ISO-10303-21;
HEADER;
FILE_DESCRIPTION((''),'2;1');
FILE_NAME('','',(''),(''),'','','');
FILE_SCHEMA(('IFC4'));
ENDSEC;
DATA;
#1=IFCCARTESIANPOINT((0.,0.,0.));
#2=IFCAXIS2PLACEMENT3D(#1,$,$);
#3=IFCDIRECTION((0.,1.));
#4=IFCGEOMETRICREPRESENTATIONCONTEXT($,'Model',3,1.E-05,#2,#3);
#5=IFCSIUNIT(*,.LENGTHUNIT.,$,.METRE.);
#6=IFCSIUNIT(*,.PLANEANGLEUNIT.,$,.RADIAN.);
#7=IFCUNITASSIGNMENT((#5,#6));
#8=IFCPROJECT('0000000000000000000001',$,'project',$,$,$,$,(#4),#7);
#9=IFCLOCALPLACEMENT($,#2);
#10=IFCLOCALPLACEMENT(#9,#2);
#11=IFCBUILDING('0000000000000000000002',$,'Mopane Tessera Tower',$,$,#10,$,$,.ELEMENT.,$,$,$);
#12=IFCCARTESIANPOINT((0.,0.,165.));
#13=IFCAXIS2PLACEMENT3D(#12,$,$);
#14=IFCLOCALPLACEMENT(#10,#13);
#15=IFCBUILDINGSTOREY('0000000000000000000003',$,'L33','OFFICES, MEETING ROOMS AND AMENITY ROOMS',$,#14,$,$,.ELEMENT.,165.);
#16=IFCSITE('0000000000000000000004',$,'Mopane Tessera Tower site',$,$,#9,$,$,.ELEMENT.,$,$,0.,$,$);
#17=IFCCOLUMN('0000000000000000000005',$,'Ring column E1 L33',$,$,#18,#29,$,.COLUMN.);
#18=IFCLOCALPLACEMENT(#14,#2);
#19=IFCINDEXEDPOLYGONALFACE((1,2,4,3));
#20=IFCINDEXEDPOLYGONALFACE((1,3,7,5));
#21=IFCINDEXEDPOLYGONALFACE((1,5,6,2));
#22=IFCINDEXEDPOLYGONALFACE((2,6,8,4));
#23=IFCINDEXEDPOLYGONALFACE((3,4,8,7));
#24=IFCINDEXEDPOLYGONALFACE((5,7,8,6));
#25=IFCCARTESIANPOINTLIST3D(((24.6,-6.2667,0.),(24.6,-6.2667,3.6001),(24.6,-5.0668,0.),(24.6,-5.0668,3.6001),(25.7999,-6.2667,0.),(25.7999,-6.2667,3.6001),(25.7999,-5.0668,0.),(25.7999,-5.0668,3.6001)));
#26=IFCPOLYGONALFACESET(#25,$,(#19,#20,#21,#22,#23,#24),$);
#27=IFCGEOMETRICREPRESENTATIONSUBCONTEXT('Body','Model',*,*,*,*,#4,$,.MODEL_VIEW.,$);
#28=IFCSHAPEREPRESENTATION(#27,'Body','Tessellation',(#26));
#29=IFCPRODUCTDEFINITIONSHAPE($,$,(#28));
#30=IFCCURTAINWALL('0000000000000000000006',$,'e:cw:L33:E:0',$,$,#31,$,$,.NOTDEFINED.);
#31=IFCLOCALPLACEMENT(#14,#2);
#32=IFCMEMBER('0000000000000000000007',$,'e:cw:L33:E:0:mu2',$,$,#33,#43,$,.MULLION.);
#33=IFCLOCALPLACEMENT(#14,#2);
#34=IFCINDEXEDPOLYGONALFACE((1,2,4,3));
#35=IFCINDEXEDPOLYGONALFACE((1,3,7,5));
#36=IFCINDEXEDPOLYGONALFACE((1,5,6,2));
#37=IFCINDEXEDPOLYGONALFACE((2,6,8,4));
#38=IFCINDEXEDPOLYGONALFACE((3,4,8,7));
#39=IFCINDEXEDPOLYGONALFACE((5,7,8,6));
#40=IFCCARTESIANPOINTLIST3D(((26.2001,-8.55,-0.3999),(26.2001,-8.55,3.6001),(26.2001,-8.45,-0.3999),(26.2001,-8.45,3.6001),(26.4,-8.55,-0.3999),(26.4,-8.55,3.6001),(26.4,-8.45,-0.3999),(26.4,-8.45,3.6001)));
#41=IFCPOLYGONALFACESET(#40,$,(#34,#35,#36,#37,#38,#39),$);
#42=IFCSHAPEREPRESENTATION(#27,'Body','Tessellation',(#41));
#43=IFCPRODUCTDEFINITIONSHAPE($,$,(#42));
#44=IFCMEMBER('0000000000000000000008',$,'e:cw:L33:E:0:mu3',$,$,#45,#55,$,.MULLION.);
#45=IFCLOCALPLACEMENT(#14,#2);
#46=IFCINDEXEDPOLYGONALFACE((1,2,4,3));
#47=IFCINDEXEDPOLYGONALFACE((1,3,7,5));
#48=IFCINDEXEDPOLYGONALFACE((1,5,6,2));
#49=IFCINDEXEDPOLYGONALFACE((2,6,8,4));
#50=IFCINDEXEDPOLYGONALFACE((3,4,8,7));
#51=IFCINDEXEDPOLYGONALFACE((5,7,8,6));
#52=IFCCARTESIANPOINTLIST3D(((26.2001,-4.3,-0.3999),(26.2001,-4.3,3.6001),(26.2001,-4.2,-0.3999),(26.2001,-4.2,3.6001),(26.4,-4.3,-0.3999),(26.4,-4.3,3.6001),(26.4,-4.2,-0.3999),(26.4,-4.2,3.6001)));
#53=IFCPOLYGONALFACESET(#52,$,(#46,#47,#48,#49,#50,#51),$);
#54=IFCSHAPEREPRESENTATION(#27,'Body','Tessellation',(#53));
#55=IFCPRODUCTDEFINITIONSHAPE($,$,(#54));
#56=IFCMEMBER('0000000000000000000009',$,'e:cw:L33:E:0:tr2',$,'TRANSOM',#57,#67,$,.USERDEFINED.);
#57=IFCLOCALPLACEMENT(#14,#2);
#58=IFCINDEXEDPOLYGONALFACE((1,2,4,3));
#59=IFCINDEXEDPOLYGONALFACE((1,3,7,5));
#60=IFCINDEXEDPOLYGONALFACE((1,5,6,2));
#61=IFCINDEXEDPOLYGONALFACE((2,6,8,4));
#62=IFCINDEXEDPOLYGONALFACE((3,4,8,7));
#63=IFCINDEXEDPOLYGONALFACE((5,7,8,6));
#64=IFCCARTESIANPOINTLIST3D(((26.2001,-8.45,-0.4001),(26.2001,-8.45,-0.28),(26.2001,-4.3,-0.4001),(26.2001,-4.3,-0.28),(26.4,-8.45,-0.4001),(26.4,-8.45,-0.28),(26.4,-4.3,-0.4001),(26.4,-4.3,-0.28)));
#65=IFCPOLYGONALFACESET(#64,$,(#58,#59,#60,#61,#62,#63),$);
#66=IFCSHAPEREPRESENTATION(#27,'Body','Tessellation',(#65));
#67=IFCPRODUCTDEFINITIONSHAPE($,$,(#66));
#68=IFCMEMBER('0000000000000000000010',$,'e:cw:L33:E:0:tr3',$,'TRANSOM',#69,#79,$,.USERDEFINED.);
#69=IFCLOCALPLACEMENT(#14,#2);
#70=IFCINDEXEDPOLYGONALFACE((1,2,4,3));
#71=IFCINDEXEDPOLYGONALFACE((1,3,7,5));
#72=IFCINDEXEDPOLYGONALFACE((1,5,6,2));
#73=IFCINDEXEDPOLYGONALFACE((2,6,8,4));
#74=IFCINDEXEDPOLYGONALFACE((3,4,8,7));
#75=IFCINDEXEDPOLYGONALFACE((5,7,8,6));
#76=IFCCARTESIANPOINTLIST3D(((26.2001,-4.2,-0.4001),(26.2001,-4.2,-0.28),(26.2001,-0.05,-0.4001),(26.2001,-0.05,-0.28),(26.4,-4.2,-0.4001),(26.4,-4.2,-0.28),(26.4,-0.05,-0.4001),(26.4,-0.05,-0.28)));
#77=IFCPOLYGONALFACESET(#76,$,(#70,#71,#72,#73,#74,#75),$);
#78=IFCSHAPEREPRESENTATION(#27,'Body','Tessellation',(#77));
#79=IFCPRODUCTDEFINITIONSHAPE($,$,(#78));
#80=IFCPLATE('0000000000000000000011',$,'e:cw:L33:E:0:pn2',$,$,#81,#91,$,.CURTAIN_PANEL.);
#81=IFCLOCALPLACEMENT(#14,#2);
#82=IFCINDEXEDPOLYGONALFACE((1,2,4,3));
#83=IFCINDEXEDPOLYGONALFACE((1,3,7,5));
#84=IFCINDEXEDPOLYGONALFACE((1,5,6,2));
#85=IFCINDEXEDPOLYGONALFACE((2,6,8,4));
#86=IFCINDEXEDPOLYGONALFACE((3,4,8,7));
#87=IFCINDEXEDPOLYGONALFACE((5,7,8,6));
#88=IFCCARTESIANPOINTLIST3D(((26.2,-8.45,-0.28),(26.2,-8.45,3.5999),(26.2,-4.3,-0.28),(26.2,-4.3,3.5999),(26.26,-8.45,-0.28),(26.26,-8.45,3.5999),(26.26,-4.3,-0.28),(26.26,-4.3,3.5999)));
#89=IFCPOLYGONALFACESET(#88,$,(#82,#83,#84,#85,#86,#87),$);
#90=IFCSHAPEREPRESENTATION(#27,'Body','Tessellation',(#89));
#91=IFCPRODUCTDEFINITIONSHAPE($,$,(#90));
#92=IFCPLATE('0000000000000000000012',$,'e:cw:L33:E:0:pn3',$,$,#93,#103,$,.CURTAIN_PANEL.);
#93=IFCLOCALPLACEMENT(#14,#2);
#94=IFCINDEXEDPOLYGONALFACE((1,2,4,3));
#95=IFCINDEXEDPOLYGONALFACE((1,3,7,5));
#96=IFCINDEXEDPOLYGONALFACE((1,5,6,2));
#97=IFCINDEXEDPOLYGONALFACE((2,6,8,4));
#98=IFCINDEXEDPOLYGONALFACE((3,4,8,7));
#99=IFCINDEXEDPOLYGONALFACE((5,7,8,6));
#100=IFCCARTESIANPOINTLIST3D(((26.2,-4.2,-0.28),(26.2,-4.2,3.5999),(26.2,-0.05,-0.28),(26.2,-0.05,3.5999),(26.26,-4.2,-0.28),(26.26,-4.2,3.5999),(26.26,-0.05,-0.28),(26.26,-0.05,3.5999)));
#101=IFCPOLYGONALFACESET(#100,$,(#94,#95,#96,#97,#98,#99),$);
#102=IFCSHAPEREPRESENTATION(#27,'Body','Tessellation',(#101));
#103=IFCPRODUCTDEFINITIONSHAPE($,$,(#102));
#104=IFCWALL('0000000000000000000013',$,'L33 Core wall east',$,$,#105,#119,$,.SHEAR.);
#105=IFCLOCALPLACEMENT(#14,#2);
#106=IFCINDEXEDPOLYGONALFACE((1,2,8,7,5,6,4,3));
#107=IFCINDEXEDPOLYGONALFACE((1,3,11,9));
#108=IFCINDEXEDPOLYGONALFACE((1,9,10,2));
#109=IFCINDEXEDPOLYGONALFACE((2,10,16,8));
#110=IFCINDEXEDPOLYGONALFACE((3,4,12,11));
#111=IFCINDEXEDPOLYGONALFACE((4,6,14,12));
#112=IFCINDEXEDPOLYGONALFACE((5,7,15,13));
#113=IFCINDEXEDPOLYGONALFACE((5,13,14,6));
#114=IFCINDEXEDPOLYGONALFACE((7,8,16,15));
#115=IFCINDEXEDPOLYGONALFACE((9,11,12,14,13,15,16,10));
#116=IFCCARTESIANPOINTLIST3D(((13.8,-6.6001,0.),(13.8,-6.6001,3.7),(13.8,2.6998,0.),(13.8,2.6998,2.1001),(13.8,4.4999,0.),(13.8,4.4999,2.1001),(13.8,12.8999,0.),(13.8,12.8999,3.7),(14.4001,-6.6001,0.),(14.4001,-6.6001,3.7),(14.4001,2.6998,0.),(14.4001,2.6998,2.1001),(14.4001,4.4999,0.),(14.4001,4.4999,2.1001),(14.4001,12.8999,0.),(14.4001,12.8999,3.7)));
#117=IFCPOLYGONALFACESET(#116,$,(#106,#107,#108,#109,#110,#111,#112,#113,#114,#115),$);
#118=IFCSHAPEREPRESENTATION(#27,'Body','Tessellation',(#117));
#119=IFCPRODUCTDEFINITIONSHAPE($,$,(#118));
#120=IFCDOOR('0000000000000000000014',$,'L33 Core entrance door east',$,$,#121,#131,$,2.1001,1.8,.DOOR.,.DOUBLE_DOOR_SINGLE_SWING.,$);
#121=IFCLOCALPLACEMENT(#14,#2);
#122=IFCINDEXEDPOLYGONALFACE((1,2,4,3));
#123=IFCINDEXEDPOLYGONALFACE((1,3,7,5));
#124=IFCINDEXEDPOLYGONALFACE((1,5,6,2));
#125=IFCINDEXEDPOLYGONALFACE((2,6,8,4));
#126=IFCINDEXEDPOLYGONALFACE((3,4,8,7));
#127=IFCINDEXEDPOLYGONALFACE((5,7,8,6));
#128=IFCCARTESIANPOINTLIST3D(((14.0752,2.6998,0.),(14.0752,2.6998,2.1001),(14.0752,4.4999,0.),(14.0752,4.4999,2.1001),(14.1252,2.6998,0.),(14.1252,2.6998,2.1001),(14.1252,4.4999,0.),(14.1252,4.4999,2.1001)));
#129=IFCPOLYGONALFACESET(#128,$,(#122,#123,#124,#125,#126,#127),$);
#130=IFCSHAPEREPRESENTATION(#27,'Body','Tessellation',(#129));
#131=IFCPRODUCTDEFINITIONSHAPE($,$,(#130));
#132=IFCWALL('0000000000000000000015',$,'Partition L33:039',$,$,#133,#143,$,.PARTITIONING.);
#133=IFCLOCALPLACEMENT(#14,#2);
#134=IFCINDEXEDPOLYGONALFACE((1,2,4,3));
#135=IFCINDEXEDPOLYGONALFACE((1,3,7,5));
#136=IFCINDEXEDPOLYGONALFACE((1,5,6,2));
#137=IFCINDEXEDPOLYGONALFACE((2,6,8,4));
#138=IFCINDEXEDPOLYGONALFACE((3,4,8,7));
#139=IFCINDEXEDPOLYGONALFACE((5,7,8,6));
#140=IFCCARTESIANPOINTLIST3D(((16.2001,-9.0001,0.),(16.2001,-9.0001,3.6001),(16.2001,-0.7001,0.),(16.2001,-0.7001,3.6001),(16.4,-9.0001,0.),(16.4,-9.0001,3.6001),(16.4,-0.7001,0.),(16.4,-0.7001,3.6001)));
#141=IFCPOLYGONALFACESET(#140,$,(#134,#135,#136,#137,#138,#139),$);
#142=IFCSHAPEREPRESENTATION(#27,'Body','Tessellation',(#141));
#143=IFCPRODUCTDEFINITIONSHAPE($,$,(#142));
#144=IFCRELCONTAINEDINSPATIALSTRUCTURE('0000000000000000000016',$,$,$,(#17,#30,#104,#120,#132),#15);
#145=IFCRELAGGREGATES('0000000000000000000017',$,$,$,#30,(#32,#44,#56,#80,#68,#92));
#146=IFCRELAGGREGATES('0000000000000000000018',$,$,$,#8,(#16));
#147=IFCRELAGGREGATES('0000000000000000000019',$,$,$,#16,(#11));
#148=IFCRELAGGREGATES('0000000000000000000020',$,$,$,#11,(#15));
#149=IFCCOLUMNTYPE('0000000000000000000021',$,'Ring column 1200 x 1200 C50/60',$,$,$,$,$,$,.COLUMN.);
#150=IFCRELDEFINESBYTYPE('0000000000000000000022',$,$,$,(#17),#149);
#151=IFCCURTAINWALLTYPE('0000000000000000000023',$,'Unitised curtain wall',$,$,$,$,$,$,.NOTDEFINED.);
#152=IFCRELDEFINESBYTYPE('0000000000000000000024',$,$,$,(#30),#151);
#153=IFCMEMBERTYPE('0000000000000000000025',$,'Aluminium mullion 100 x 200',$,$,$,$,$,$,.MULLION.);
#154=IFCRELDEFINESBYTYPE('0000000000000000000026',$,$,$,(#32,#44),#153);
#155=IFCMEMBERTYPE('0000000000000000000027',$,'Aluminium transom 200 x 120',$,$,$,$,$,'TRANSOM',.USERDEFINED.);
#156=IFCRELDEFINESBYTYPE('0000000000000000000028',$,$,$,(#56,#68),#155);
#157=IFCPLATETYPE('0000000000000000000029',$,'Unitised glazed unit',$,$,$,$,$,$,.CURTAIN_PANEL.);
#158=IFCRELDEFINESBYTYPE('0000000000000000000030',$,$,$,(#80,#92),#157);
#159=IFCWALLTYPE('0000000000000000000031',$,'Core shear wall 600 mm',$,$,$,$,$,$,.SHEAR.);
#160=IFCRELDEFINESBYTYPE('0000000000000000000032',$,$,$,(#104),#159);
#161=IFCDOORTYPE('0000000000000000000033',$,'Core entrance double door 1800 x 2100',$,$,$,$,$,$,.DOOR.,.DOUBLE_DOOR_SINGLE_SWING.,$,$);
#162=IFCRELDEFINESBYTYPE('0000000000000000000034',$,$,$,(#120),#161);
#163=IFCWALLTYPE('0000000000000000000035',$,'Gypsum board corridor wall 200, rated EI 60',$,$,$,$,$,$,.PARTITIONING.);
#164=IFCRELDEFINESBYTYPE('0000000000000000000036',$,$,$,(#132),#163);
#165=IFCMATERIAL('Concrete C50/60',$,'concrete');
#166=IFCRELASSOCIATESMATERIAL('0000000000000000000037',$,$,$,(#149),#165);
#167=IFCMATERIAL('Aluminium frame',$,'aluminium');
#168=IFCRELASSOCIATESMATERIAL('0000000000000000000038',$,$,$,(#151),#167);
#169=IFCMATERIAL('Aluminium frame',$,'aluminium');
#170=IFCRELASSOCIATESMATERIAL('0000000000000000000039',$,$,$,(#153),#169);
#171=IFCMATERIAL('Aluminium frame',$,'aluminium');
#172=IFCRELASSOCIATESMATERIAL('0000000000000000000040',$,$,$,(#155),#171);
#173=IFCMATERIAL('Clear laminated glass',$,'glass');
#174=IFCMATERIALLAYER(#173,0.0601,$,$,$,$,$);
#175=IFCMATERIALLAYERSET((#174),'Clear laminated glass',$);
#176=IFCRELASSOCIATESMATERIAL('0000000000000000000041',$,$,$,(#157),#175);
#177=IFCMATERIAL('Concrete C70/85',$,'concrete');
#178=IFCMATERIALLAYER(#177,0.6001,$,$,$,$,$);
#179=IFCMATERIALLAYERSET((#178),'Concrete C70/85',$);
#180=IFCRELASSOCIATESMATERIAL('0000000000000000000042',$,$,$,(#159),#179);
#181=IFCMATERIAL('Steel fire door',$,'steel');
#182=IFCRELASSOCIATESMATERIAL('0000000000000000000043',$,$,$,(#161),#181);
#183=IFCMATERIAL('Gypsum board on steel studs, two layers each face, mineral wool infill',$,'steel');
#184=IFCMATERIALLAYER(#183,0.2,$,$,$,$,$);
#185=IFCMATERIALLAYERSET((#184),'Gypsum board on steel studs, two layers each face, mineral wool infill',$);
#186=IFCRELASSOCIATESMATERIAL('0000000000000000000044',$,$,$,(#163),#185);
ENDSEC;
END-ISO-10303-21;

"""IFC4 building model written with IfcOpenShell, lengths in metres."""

from ifc_helpers import new_model, si_unit, direction, frame, frame_2d, origin, origin_2d, place, context, subcontext, project, spatial, rectangle, extrude, material, layer, layer_set, material_profile, profile_set, type_object, element, fill, aggregate, save


model = new_model("IFC4")

# Units and contexts
model_context = context("Model", 3, precision=1e-05, world=origin(), true_north=direction((0.0, 1.0)))
body_context = subcontext(model_context, "Body", "Model", "MODEL_VIEW")
ifc_project = project(units=[si_unit("LENGTHUNIT", "METRE"), si_unit("PLANEANGLEUNIT", "RADIAN")], contexts=[model_context])

# Site, building, storey
site_placement = place(None, origin())
site = spatial("IfcSite", under=ifc_project, at=site_placement, Name="Mopane Tessera Tower site", CompositionType="ELEMENT", RefElevation=0.0)
building_placement = place(site_placement, origin())
building = spatial("IfcBuilding", under=site, at=building_placement, Name="Mopane Tessera Tower", CompositionType="ELEMENT")
storey_placement = place(building_placement, frame((0.0, 0.0, 165.0)))
storey = spatial("IfcBuildingStorey", under=building, at=storey_placement, Name="L33", Description="OFFICES, MEETING ROOMS AND AMENITY ROOMS", CompositionType="ELEMENT", Elevation=165.0)

# Column
ifc_material_1 = material(Name="Concrete C50/60", Category="concrete")
ifc_material_profile_1 = material_profile(ifc_material_1, rectangle(XDim=1.2, YDim=1.2, at=origin_2d()))
ifc_profile_set_1 = profile_set([ifc_material_profile_1], Name="Concrete C50/60")
column_type = type_object("IfcColumnType", Name="Ring column 1200 x 1200 C50/60", PredefinedType="COLUMN", material=ifc_profile_set_1)
column_placement = place(storey_placement, frame((25.2, -5.6667, 0.0), z_axis=(0.0, 0.0, 1.0), x_axis=(1.0, 0.0, 0.0)))
element("IfcColumn", 1, at=column_placement, inside=storey, type_object=column_type, Name="Ring column E1 L33", PredefinedType="COLUMN", context=body_context, shape_type="SweptSolid", body=[
    extrude(rectangle(XDim=1.2, YDim=1.2, at=origin_2d()), origin(), (0.0, 0.0, 1.0), 3.6001),
])

# Curtain wall, members, plates
ifc_material_2 = material(Name="Aluminium frame", Category="aluminium")
curtain_wall_type = type_object("IfcCurtainWallType", Name="Unitised curtain wall", PredefinedType="NOTDEFINED", material=ifc_material_2)
curtain_wall_placement = place(storey_placement, origin())
curtain_wall = element("IfcCurtainWall", 2, at=curtain_wall_placement, inside=storey, type_object=curtain_wall_type, Name="e:cw:L33:E:0", PredefinedType="NOTDEFINED")
ifc_material_3 = material(Name="Aluminium frame", Category="aluminium")
ifc_material_profile_2 = material_profile(ifc_material_3, rectangle(XDim=0.1001, YDim=0.2, at=origin_2d()))
ifc_profile_set_2 = profile_set([ifc_material_profile_2], Name="Aluminium frame")
member_type_1 = type_object("IfcMemberType", Name="Aluminium mullion 100 x 200", PredefinedType="MULLION", material=ifc_profile_set_2)
member_1_placement = place(storey_placement, frame((26.3, -8.5, -0.3999), z_axis=(0.0, 0.0, 1.0), x_axis=(0.0, 1.0, 0.0)))
member_1 = element("IfcMember", 3, at=member_1_placement, type_object=member_type_1, Name="e:cw:L33:E:0:mu2", PredefinedType="MULLION", context=body_context, shape_type="SweptSolid", body=[
    extrude(rectangle(XDim=0.1001, YDim=0.2, at=origin_2d()), origin(), (0.0, 0.0, 1.0), 4.0),
])
member_2_placement = place(storey_placement, frame((26.3, -4.25, -0.3999), z_axis=(0.0, 0.0, 1.0), x_axis=(0.0, 1.0, 0.0)))
member_2 = element("IfcMember", 4, at=member_2_placement, type_object=member_type_1, Name="e:cw:L33:E:0:mu3", PredefinedType="MULLION", context=body_context, shape_type="SweptSolid", body=[
    extrude(rectangle(XDim=0.1001, YDim=0.2, at=origin_2d()), origin(), (0.0, 0.0, 1.0), 4.0),
])
ifc_material_4 = material(Name="Aluminium frame", Category="aluminium")
ifc_material_profile_3 = material_profile(ifc_material_4, rectangle(XDim=0.2, YDim=0.1201, at=origin_2d()))
ifc_profile_set_3 = profile_set([ifc_material_profile_3], Name="Aluminium frame")
member_type_2 = type_object("IfcMemberType", Name="Aluminium transom 200 x 120", ElementType="TRANSOM", PredefinedType="USERDEFINED", material=ifc_profile_set_3)
member_3_placement = place(storey_placement, frame((26.3, -8.45, -0.3401), z_axis=(0.0, 1.0, 0.0), x_axis=(-1.0, 0.0, 0.0)))
member_3 = element("IfcMember", 5, at=member_3_placement, type_object=member_type_2, Name="e:cw:L33:E:0:tr2", ObjectType="TRANSOM", PredefinedType="USERDEFINED", context=body_context, shape_type="SweptSolid", body=[
    extrude(rectangle(XDim=0.2, YDim=0.1201, at=origin_2d()), origin(), (0.0, 0.0, 1.0), 4.1499),
])
member_4_placement = place(storey_placement, frame((26.3, -4.2, -0.3401), z_axis=(0.0, 1.0, 0.0), x_axis=(-1.0, 0.0, 0.0)))
member_4 = element("IfcMember", 6, at=member_4_placement, type_object=member_type_2, Name="e:cw:L33:E:0:tr3", ObjectType="TRANSOM", PredefinedType="USERDEFINED", context=body_context, shape_type="SweptSolid", body=[
    extrude(rectangle(XDim=0.2, YDim=0.1201, at=origin_2d()), origin(), (0.0, 0.0, 1.0), 4.1499),
])
ifc_material_5 = material(Name="Clear laminated glass", Category="glass")
ifc_layer_1 = layer(ifc_material_5, 0.0601)
ifc_layer_set_1 = layer_set([ifc_layer_1], Name="Clear laminated glass")
plate_type = type_object("IfcPlateType", Name="Unitised glazed unit", PredefinedType="CURTAIN_PANEL", material=ifc_layer_set_1)
plate_1_placement = place(storey_placement, frame((26.23, -6.375, -0.28), z_axis=(0.0, 0.0, 1.0), x_axis=(0.0, 1.0, 0.0)))
plate_1 = element("IfcPlate", 7, at=plate_1_placement, type_object=plate_type, Name="e:cw:L33:E:0:pn2", PredefinedType="CURTAIN_PANEL", context=body_context, shape_type="SweptSolid", body=[
    extrude(rectangle(XDim=4.1499, YDim=0.0601, at=origin_2d()), origin(), (0.0, 0.0, 1.0), 3.8799),
])
plate_2_placement = place(storey_placement, frame((26.23, -2.125, -0.28), z_axis=(0.0, 0.0, 1.0), x_axis=(0.0, 1.0, 0.0)))
plate_2 = element("IfcPlate", 8, at=plate_2_placement, type_object=plate_type, Name="e:cw:L33:E:0:pn3", PredefinedType="CURTAIN_PANEL", context=body_context, shape_type="SweptSolid", body=[
    extrude(rectangle(XDim=4.1499, YDim=0.0601, at=origin_2d()), origin(), (0.0, 0.0, 1.0), 3.8799),
])
aggregate(curtain_wall, [member_1, member_2, member_3, plate_1, member_4, plate_2])

# Wall, opening, door
ifc_material_6 = material(Name="Concrete C70/85", Category="concrete")
ifc_layer_2 = layer(ifc_material_6, 0.6001)
ifc_layer_set_2 = layer_set([ifc_layer_2], Name="Concrete C70/85")
wall_type_1 = type_object("IfcWallType", Name="Core shear wall 600 mm", PredefinedType="SHEAR", material=ifc_layer_set_2)
wall_1_placement = place(storey_placement, frame((14.1001, -6.6001, 0.0), z_axis=(0.0, 0.0, 1.0), x_axis=(0.0, 1.0, 0.0)))
wall_1 = element("IfcWall", 9, at=wall_1_placement, inside=storey, type_object=wall_type_1, Name="L33 Core wall east", PredefinedType="SHEAR", context=body_context, shape_type="SweptSolid", body=[
    extrude(rectangle(XDim=19.5, YDim=0.6001, at=frame_2d((9.75, 0.0))), origin(), (0.0, 0.0, 1.0), 3.7),
])
opening_1_placement = place(wall_1_placement, frame((9.3, 0.0, 0.0)))
opening_1 = element("IfcOpeningElement", 10, at=opening_1_placement, cuts=wall_1, PredefinedType="OPENING", context=body_context, shape_type="SweptSolid", body=[
    extrude(rectangle(XDim=1.8, YDim=2.1001, at=frame_2d((0.8999, 1.05))), frame((0.0, 0.312, 0.0), z_axis=(0.0, -1.0, 0.0), x_axis=(1.0, 0.0, 0.0)), (0.0, 0.0, 1.0), 0.624),
])
ifc_material_7 = material(Name="Steel fire door", Category="steel")
door_type_1 = type_object("IfcDoorType", Name="Core entrance double door 1800 x 2100", OperationType="DOUBLE_DOOR_SINGLE_SWING", PredefinedType="DOOR", material=ifc_material_7)
door_1_placement = place(opening_1_placement, origin())
door_1 = element("IfcDoor", 11, at=door_1_placement, inside=storey, type_object=door_type_1, Name="L33 Core entrance door east", OperationType="DOUBLE_DOOR_SINGLE_SWING", OverallHeight=2.1001, OverallWidth=1.8, PredefinedType="DOOR", context=body_context, shape_type="SweptSolid", body=[
    extrude(rectangle(XDim=1.8, YDim=2.1001, at=frame_2d((0.8999, 1.05))), frame((0.0, 0.0249, 0.0), z_axis=(0.0, -1.0, 0.0), x_axis=(1.0, 0.0, 0.0)), (0.0, 0.0, 1.0), 0.05),
])
fill(opening_1, door_1)

# Wall
ifc_material_8 = material(Name="Gypsum board on steel studs, two layers each face, mineral wool infill", Category="steel")
ifc_layer_3 = layer(ifc_material_8, 0.2)
ifc_layer_set_3 = layer_set([ifc_layer_3], Name="Gypsum board on steel studs, two layers each face, mineral wool infill")
wall_type_2 = type_object("IfcWallType", Name="Gypsum board corridor wall 200, rated EI 60", PredefinedType="PARTITIONING", material=ifc_layer_set_3)
wall_2_placement = place(storey_placement, frame((16.3, -9.0, 0.0), z_axis=(0.0, 0.0, 1.0), x_axis=(0.0, 1.0, 0.0)))
element("IfcWall", 12, at=wall_2_placement, inside=storey, type_object=wall_type_2, Name="Partition L33:039", PredefinedType="PARTITIONING", context=body_context, shape_type="SweptSolid", body=[
    extrude(rectangle(XDim=8.3, YDim=0.2, at=frame_2d((4.1499, 0.0))), origin(), (0.0, 0.0, 1.0), 3.6001),
])

save(model, "model.ifc")
